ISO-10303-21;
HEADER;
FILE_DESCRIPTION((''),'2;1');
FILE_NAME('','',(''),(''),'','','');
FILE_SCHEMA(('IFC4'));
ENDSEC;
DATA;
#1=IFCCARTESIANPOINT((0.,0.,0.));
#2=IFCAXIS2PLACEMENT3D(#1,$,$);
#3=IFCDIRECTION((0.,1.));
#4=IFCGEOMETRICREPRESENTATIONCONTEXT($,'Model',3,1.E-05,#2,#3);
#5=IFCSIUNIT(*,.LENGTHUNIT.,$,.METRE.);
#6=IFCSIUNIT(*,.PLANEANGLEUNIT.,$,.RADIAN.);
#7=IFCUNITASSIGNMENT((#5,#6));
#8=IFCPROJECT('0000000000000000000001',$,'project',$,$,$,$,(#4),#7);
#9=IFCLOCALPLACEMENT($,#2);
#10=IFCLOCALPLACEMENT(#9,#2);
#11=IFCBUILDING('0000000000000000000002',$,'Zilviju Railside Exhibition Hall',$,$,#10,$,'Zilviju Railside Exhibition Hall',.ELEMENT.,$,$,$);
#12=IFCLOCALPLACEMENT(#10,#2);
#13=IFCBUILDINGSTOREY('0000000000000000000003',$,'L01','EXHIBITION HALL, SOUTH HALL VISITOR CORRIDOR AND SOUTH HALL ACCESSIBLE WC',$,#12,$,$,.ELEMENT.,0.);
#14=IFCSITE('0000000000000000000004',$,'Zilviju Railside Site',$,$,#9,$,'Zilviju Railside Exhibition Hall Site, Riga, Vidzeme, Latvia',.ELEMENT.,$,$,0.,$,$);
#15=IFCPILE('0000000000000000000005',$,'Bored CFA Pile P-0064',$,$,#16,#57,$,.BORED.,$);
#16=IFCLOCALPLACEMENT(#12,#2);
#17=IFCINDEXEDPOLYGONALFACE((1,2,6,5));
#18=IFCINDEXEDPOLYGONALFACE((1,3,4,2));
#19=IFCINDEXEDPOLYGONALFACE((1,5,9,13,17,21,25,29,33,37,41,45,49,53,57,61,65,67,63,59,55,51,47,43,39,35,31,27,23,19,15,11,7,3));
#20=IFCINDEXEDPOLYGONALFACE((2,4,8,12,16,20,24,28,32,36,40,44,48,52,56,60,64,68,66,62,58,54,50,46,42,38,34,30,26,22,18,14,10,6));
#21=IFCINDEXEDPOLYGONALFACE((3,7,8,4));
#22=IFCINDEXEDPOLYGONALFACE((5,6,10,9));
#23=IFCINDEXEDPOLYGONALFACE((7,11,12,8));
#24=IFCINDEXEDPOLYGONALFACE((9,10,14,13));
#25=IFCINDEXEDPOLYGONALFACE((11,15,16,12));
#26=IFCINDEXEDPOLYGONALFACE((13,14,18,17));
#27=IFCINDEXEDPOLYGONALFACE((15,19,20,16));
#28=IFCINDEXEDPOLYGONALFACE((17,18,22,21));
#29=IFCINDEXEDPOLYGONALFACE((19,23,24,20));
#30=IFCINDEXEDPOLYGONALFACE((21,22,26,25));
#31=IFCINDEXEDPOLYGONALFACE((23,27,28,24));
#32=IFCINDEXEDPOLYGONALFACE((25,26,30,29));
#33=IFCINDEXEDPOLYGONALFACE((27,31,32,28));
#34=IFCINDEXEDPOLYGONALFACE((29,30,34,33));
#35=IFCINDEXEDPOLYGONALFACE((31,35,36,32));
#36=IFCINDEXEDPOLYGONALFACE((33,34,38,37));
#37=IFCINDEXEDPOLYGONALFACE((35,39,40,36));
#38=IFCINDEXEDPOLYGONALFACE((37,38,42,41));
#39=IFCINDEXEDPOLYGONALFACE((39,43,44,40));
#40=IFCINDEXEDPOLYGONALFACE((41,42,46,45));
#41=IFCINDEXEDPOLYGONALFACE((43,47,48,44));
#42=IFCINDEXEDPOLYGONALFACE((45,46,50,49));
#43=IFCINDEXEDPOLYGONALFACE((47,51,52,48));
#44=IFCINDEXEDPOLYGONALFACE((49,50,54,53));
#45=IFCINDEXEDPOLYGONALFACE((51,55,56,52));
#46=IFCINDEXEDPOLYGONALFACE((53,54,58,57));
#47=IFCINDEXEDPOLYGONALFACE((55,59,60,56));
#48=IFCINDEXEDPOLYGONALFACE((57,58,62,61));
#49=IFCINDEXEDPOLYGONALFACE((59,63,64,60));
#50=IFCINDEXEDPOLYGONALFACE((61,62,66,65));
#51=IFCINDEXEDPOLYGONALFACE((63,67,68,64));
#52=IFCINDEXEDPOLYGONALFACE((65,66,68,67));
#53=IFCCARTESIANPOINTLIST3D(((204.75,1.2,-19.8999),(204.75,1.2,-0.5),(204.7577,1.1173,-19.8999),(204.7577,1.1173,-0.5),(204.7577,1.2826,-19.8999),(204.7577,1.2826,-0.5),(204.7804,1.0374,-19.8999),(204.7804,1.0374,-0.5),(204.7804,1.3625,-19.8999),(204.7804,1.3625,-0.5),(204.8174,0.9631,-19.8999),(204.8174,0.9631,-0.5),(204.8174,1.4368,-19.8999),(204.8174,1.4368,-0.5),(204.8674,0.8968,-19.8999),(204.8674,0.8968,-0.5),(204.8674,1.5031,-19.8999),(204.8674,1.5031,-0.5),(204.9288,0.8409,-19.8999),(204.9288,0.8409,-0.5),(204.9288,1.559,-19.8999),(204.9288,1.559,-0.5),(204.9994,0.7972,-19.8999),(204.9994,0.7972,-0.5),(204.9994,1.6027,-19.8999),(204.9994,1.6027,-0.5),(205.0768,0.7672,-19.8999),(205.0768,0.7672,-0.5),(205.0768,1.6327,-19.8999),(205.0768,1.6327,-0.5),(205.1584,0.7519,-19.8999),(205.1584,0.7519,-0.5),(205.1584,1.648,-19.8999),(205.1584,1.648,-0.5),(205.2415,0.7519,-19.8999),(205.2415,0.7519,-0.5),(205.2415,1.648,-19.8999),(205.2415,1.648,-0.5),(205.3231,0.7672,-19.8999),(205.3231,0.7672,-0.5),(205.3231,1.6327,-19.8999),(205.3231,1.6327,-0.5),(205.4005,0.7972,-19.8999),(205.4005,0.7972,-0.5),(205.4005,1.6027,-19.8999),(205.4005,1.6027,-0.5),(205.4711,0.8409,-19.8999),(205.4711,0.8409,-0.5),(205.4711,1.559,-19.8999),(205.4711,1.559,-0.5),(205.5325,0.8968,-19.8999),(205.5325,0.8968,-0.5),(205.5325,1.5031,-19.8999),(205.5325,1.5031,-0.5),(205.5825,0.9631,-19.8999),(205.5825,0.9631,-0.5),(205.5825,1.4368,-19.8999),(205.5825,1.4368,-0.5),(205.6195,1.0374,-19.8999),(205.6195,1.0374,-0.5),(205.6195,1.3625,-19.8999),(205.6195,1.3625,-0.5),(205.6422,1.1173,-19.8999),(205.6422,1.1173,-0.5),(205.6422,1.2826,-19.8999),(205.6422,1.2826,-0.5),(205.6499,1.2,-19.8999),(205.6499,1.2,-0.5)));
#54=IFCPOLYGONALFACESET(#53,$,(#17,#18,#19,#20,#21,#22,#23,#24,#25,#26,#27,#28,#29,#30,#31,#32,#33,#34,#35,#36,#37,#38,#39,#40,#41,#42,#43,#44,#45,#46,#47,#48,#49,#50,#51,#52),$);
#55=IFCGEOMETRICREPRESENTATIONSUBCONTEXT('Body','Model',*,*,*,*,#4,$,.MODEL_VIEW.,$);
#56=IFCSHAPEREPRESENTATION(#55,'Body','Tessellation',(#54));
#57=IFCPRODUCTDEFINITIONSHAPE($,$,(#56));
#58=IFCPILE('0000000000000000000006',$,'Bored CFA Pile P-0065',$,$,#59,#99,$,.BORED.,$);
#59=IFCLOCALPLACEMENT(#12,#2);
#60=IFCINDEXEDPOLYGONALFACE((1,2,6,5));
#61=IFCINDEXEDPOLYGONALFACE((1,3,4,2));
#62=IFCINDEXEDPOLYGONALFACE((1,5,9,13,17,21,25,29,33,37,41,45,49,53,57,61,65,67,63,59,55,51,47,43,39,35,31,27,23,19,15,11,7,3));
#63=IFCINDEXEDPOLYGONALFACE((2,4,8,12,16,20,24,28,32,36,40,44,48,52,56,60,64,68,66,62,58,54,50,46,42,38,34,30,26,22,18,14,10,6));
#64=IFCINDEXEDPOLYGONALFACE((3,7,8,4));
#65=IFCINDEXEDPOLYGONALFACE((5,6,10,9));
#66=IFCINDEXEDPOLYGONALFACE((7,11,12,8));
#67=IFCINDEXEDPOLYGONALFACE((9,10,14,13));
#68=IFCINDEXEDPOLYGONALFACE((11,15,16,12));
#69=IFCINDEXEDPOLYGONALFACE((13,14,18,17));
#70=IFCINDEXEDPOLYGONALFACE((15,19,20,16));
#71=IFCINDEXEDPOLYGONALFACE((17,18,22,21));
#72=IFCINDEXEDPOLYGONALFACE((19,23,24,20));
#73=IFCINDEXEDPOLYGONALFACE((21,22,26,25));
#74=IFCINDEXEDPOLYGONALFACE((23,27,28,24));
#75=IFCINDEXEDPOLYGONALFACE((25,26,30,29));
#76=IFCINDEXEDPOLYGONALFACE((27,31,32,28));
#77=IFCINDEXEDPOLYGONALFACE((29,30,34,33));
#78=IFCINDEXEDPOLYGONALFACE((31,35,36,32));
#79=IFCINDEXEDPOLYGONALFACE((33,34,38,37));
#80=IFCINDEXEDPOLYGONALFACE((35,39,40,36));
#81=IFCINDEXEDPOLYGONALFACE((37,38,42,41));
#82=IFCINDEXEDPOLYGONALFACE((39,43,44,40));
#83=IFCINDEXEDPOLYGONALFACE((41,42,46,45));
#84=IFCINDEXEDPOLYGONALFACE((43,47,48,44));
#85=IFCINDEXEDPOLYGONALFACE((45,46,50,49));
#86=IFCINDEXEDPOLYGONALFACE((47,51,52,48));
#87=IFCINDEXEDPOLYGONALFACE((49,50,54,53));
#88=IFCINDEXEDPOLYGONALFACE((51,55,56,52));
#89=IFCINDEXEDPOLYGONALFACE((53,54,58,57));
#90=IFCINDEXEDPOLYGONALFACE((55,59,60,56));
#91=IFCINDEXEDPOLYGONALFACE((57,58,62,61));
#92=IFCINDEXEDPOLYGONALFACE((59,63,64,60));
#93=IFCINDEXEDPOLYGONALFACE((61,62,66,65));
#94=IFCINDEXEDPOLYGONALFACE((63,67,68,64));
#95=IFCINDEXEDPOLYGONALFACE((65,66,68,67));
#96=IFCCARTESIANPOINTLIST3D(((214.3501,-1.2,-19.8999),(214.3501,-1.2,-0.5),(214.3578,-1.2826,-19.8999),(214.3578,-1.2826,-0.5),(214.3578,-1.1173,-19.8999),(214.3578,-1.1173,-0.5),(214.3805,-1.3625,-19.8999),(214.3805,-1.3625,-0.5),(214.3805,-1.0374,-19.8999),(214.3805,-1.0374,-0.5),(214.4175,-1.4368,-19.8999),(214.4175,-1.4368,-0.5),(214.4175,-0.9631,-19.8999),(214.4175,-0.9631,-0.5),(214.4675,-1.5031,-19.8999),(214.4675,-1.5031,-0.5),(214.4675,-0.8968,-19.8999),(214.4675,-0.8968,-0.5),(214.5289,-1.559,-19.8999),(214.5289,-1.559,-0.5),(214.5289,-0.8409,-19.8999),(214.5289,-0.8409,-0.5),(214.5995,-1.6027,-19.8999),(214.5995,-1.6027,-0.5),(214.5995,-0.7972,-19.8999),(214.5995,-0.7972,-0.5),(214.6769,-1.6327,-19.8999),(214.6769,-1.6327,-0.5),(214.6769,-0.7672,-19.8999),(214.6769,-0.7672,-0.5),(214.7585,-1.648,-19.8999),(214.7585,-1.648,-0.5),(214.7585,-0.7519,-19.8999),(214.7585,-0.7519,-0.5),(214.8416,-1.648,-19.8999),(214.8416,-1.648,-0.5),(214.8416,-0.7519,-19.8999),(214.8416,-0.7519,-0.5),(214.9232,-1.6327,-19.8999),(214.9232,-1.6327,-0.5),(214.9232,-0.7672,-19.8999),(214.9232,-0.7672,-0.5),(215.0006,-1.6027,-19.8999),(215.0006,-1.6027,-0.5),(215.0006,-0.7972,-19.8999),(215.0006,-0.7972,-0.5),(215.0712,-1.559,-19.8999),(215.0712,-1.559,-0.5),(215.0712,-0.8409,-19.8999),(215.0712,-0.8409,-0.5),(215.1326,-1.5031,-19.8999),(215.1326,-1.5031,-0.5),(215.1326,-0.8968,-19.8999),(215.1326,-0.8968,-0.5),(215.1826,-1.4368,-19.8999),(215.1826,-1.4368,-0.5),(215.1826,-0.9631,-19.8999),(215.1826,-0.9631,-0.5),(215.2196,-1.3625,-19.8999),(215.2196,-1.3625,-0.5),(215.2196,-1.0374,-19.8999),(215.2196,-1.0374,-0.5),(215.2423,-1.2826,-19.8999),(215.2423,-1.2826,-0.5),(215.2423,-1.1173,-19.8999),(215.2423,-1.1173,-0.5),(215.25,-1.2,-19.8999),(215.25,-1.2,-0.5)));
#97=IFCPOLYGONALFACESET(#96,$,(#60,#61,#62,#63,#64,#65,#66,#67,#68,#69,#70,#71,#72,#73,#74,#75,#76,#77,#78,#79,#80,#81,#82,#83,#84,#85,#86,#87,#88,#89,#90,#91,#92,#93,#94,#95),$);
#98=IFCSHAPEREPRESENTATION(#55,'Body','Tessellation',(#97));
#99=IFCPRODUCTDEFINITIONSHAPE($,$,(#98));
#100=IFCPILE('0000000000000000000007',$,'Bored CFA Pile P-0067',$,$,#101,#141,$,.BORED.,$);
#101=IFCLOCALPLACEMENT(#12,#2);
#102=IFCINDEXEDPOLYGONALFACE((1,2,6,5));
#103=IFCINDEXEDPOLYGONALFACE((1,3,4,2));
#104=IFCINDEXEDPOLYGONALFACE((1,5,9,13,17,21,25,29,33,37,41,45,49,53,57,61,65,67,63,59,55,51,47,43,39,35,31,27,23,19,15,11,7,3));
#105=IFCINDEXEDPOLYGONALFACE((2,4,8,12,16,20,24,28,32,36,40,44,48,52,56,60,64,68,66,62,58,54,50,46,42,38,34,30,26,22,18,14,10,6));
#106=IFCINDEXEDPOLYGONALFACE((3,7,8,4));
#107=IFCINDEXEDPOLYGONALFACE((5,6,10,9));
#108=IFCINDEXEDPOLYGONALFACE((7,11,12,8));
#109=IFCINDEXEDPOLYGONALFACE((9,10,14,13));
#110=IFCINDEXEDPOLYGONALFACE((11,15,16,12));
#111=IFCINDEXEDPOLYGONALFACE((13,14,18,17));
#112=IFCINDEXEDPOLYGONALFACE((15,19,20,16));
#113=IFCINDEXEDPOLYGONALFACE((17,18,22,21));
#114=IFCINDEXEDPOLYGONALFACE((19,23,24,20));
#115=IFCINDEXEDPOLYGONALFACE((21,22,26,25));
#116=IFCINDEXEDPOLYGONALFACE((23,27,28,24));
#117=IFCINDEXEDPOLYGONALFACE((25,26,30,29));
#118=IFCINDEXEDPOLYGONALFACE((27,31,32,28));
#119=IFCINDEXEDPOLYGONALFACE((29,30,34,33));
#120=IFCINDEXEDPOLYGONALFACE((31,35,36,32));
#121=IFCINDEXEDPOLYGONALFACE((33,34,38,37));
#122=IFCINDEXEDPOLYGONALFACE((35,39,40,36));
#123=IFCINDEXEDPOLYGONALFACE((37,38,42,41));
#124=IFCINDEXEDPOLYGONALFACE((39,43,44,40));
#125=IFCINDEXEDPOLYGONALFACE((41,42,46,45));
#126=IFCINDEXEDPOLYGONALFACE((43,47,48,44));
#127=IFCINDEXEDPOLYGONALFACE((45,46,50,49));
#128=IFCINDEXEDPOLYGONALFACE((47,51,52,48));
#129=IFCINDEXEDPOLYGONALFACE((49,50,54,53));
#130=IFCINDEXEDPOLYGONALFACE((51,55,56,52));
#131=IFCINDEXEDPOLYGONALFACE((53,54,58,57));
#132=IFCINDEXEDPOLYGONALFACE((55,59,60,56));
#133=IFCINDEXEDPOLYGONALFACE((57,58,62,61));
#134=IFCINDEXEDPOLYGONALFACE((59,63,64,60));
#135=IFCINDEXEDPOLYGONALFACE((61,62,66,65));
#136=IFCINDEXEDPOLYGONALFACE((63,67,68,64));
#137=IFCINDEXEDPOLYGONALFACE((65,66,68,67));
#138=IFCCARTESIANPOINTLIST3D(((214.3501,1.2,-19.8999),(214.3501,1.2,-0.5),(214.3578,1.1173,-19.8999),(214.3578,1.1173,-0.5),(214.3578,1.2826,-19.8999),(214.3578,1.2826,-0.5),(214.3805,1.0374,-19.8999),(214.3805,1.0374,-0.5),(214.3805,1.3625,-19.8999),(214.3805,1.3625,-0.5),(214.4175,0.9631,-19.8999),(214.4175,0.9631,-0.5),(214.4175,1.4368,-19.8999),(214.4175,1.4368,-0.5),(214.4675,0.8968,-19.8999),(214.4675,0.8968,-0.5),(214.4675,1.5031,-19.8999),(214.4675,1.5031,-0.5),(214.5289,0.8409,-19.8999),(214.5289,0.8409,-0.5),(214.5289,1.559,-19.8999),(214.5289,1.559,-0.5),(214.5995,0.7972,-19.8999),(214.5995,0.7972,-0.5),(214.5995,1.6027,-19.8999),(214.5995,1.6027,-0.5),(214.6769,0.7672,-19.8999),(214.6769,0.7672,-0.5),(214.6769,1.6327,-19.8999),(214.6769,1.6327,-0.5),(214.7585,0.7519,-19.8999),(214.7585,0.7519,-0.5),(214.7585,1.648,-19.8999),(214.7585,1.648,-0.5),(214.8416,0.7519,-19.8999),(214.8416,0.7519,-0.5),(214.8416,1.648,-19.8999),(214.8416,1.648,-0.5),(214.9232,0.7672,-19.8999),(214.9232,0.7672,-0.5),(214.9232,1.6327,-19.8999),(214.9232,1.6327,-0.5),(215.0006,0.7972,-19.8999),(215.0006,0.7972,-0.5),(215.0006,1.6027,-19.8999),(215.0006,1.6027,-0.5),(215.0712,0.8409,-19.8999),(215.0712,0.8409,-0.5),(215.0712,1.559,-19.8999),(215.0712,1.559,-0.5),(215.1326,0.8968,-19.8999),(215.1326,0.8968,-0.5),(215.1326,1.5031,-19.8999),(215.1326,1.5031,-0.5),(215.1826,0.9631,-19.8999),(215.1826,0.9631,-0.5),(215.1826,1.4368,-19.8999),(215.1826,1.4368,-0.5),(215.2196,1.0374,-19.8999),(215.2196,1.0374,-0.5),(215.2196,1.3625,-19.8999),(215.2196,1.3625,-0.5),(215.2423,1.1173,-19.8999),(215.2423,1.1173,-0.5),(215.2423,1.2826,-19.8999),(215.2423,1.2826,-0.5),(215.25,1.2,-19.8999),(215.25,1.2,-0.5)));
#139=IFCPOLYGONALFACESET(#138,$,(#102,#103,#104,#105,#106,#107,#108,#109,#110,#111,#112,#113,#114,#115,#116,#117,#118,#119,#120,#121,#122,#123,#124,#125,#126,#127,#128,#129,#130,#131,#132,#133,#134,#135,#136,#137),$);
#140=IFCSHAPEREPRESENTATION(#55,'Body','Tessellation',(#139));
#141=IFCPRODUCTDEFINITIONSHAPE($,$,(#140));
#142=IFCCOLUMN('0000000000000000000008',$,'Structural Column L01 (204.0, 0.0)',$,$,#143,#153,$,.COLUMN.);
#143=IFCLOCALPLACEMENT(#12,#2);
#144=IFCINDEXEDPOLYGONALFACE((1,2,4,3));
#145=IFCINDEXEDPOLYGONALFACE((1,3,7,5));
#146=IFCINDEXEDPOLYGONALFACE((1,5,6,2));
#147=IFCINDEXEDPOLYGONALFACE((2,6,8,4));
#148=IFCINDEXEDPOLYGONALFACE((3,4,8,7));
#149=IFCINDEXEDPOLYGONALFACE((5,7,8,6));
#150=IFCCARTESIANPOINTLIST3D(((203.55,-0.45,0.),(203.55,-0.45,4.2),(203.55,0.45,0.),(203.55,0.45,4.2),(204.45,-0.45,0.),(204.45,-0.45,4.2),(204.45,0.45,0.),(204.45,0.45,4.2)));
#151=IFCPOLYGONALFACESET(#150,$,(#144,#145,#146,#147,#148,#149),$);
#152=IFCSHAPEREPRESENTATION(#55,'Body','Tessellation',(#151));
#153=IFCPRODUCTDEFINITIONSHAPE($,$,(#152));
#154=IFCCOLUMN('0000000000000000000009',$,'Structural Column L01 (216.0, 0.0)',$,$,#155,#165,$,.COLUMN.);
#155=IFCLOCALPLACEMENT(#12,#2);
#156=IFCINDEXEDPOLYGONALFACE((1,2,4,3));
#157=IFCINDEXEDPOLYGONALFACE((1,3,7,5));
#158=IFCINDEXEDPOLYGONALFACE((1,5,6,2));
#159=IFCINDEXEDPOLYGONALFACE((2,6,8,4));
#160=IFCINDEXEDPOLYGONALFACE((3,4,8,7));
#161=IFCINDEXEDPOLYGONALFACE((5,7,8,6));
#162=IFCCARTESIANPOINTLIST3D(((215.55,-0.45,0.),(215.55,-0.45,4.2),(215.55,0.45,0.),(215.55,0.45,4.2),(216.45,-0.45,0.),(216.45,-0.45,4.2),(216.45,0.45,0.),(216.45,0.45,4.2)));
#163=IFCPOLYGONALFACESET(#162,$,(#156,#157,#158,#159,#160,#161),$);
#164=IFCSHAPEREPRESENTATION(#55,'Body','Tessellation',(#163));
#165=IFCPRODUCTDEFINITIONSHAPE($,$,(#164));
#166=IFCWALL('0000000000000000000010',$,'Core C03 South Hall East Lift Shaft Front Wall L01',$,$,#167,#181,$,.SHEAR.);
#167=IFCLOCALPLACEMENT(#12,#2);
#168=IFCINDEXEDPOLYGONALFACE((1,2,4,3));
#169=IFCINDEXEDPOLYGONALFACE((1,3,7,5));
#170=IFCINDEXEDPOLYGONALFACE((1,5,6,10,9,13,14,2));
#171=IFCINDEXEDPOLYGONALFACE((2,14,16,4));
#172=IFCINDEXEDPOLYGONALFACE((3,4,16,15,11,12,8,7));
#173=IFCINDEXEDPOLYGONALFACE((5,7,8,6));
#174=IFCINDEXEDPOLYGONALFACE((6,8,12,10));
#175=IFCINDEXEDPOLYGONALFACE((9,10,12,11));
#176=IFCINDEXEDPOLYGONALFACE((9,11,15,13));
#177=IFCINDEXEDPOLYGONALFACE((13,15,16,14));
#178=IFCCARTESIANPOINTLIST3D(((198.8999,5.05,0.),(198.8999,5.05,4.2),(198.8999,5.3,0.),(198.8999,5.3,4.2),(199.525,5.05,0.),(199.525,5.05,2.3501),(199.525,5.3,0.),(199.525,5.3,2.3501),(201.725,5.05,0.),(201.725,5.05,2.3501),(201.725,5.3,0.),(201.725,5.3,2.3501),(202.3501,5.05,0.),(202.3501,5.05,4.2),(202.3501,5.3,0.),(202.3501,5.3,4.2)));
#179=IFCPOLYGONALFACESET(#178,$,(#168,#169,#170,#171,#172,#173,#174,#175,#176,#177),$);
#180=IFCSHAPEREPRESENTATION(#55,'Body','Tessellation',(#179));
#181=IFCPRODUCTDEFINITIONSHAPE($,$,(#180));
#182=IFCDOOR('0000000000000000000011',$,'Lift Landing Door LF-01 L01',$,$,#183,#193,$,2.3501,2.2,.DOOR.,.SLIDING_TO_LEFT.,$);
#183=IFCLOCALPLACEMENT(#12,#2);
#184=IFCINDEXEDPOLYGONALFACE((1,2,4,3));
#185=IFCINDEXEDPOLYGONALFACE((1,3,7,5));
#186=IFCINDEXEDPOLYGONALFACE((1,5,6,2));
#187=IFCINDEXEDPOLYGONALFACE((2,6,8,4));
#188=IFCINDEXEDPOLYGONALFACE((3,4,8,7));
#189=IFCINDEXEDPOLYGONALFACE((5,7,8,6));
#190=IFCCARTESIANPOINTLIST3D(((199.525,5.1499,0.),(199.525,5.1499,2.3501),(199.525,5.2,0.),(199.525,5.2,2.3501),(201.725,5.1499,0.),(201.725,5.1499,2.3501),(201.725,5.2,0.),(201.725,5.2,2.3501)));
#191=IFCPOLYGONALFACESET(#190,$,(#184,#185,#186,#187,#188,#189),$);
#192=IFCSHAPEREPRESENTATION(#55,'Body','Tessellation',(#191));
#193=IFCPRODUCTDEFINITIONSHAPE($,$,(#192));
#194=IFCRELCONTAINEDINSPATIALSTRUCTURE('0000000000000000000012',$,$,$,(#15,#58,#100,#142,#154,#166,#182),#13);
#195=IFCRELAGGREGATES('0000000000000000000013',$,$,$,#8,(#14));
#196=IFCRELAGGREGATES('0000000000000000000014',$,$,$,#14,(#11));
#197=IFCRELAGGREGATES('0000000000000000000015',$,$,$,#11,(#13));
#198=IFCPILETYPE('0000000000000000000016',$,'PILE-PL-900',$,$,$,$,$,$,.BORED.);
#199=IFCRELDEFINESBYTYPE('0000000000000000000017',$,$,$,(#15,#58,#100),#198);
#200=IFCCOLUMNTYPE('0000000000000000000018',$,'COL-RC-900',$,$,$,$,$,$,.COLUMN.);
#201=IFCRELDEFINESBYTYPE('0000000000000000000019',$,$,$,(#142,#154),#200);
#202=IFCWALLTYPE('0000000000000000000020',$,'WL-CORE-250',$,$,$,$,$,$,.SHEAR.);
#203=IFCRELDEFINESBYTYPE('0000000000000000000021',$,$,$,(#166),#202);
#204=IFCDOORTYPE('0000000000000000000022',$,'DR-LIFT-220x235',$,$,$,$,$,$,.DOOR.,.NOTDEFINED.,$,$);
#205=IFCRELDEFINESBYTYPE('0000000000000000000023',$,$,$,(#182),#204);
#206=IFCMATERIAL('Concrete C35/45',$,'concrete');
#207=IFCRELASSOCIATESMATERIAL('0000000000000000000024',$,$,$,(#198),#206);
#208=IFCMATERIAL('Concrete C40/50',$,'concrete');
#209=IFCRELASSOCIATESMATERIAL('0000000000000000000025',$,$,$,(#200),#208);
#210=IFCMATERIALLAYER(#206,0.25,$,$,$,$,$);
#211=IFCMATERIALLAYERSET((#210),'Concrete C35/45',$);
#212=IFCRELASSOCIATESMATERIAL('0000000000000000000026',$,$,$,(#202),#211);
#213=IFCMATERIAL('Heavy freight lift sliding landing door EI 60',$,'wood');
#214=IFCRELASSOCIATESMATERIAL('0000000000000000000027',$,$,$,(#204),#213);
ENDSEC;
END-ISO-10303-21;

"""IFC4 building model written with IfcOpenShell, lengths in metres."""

from ifc_helpers import new_model, si_unit, direction, frame, frame_2d, origin, origin_2d, place, context, subcontext, project, spatial, rectangle, circle, extrude, material, layer, layer_set, material_profile, profile_set, type_object, element, fill, save


model = new_model("IFC4")

# Units and contexts
model_context = context("Model", 3, precision=1e-05, world=origin(), true_north=direction((0.0, 1.0)))
body_context = subcontext(model_context, "Body", "Model", "MODEL_VIEW")
ifc_project = project(units=[si_unit("LENGTHUNIT", "METRE"), si_unit("PLANEANGLEUNIT", "RADIAN")], contexts=[model_context])

# Site, building, storey
site_placement = place(None, origin())
site = spatial("IfcSite", under=ifc_project, at=site_placement, Name="Zilviju Railside Site", LongName="Zilviju Railside Exhibition Hall Site, Riga, Vidzeme, Latvia", CompositionType="ELEMENT", RefElevation=0.0)
building_placement = place(site_placement, origin())
building = spatial("IfcBuilding", under=site, at=building_placement, Name="Zilviju Railside Exhibition Hall", LongName="Zilviju Railside Exhibition Hall", CompositionType="ELEMENT")
storey_placement = place(building_placement, origin())
storey = spatial("IfcBuildingStorey", under=building, at=storey_placement, Name="L01", Description="EXHIBITION HALL, SOUTH HALL VISITOR CORRIDOR AND SOUTH HALL ACCESSIBLE WC", CompositionType="ELEMENT", Elevation=0.0)

# Shared definitions
ifc_material_1 = material(Name="Concrete C35/45", Category="concrete")

# Piles
ifc_material_profile_1 = material_profile(ifc_material_1, circle(Radius=0.45, at=origin_2d()), Name="CFA PILE D900")
ifc_profile_set_1 = profile_set([ifc_material_profile_1], Name="Concrete C35/45")
pile_type = type_object("IfcPileType", Name="PILE-PL-900", PredefinedType="BORED", material=ifc_profile_set_1)
for number, where, z_axis, x_axis, name in (
    (1, (205.2, 1.2, -0.5), (0.0, 0.0, -1.0), (1.0, 0.0, 0.0), "Bored CFA Pile P-0064"),
    (2, (214.8, -1.2, -0.5), (0.0, 0.0, -1.0), (1.0, 0.0, 0.0), "Bored CFA Pile P-0065"),
    (3, (214.8, 1.2, -0.5), (0.0, 0.0, -1.0), (1.0, 0.0, 0.0), "Bored CFA Pile P-0067"),
):
    element("IfcPile", number, at=place(storey_placement, frame(where, z_axis=z_axis, x_axis=x_axis)), inside=storey, type_object=pile_type, Name=name, PredefinedType="BORED", context=body_context, shape_type="SweptSolid", body=[
        extrude(circle(Radius=0.45, at=origin_2d()), origin(), (0.0, 0.0, 1.0), 19.3999),
    ])

# Columns
ifc_material_2 = material(Name="Concrete C40/50", Category="concrete")
ifc_material_profile_2 = material_profile(ifc_material_2, rectangle(XDim=0.8999, YDim=0.8999, at=origin_2d()), Name="RC COL 900x900")
ifc_profile_set_2 = profile_set([ifc_material_profile_2], Name="Concrete C40/50")
column_type = type_object("IfcColumnType", Name="COL-RC-900", PredefinedType="COLUMN", material=ifc_profile_set_2)
for number, where, z_axis, x_axis, name in (
    (4, (204.0, 0.0, 0.0), (0.0, 0.0, 1.0), (1.0, 0.0, 0.0), "Structural Column L01 (204.0, 0.0)"),
    (5, (216.0, 0.0, 0.0), (0.0, 0.0, 1.0), (1.0, 0.0, 0.0), "Structural Column L01 (216.0, 0.0)"),
):
    element("IfcColumn", number, at=place(storey_placement, frame(where, z_axis=z_axis, x_axis=x_axis)), inside=storey, type_object=column_type, Name=name, PredefinedType="COLUMN", context=body_context, shape_type="SweptSolid", body=[
        extrude(rectangle(XDim=0.8999, YDim=0.8999, at=origin_2d()), origin(), (0.0, 0.0, 1.0), 4.2),
    ])

# Wall, opening, door
ifc_layer_1 = layer(ifc_material_1, 0.25)
ifc_layer_set_1 = layer_set([ifc_layer_1], Name="Concrete C35/45")
wall_type_1 = type_object("IfcWallType", Name="WL-CORE-250", PredefinedType="SHEAR", material=ifc_layer_set_1)
wall_1_placement = place(storey_placement, frame((198.8999, 5.175, 0.0), z_axis=(0.0, 0.0, 1.0), x_axis=(1.0, 0.0, 0.0)))
wall_1 = element("IfcWall", 6, at=wall_1_placement, inside=storey, type_object=wall_type_1, Name="Core C03 South Hall East Lift Shaft Front Wall L01", PredefinedType="SHEAR", context=body_context, shape_type="SweptSolid", body=[
    extrude(rectangle(XDim=3.4502, YDim=0.25, at=frame_2d((1.7251, 0.0))), origin(), (0.0, 0.0, 1.0), 4.2),
])
opening_1_placement = place(wall_1_placement, frame((0.625, 0.0, 0.0)))
opening_1 = element("IfcOpeningElement", 7, at=opening_1_placement, cuts=wall_1, PredefinedType="OPENING", context=body_context, shape_type="SweptSolid", body=[
    extrude(rectangle(XDim=2.2, YDim=2.3501, at=frame_2d((1.1001, 1.175))), frame((0.0, 0.135, 0.0), z_axis=(0.0, -1.0, 0.0), x_axis=(1.0, 0.0, 0.0)), (0.0, 0.0, 1.0), 0.27),
])
ifc_material_3 = material(Name="Heavy freight lift sliding landing door EI 60", Category="wood")
door_type_1 = type_object("IfcDoorType", Name="DR-LIFT-220x235", OperationType="NOTDEFINED", PredefinedType="DOOR", material=ifc_material_3)
door_1_placement = place(opening_1_placement, origin())
door_1 = element("IfcDoor", 8, at=door_1_placement, inside=storey, type_object=door_type_1, Name="Lift Landing Door LF-01 L01", OperationType="SLIDING_TO_LEFT", OverallHeight=2.3501, OverallWidth=2.2, PredefinedType="DOOR", context=body_context, shape_type="SweptSolid", body=[
    extrude(rectangle(XDim=2.2, YDim=2.3501, at=frame_2d((1.1001, 1.175))), frame((0.0, 0.0249, 0.0), z_axis=(0.0, -1.0, 0.0), x_axis=(1.0, 0.0, 0.0)), (0.0, 0.0, 1.0), 0.05),
])
fill(opening_1, door_1)

save(model, "model.ifc")
